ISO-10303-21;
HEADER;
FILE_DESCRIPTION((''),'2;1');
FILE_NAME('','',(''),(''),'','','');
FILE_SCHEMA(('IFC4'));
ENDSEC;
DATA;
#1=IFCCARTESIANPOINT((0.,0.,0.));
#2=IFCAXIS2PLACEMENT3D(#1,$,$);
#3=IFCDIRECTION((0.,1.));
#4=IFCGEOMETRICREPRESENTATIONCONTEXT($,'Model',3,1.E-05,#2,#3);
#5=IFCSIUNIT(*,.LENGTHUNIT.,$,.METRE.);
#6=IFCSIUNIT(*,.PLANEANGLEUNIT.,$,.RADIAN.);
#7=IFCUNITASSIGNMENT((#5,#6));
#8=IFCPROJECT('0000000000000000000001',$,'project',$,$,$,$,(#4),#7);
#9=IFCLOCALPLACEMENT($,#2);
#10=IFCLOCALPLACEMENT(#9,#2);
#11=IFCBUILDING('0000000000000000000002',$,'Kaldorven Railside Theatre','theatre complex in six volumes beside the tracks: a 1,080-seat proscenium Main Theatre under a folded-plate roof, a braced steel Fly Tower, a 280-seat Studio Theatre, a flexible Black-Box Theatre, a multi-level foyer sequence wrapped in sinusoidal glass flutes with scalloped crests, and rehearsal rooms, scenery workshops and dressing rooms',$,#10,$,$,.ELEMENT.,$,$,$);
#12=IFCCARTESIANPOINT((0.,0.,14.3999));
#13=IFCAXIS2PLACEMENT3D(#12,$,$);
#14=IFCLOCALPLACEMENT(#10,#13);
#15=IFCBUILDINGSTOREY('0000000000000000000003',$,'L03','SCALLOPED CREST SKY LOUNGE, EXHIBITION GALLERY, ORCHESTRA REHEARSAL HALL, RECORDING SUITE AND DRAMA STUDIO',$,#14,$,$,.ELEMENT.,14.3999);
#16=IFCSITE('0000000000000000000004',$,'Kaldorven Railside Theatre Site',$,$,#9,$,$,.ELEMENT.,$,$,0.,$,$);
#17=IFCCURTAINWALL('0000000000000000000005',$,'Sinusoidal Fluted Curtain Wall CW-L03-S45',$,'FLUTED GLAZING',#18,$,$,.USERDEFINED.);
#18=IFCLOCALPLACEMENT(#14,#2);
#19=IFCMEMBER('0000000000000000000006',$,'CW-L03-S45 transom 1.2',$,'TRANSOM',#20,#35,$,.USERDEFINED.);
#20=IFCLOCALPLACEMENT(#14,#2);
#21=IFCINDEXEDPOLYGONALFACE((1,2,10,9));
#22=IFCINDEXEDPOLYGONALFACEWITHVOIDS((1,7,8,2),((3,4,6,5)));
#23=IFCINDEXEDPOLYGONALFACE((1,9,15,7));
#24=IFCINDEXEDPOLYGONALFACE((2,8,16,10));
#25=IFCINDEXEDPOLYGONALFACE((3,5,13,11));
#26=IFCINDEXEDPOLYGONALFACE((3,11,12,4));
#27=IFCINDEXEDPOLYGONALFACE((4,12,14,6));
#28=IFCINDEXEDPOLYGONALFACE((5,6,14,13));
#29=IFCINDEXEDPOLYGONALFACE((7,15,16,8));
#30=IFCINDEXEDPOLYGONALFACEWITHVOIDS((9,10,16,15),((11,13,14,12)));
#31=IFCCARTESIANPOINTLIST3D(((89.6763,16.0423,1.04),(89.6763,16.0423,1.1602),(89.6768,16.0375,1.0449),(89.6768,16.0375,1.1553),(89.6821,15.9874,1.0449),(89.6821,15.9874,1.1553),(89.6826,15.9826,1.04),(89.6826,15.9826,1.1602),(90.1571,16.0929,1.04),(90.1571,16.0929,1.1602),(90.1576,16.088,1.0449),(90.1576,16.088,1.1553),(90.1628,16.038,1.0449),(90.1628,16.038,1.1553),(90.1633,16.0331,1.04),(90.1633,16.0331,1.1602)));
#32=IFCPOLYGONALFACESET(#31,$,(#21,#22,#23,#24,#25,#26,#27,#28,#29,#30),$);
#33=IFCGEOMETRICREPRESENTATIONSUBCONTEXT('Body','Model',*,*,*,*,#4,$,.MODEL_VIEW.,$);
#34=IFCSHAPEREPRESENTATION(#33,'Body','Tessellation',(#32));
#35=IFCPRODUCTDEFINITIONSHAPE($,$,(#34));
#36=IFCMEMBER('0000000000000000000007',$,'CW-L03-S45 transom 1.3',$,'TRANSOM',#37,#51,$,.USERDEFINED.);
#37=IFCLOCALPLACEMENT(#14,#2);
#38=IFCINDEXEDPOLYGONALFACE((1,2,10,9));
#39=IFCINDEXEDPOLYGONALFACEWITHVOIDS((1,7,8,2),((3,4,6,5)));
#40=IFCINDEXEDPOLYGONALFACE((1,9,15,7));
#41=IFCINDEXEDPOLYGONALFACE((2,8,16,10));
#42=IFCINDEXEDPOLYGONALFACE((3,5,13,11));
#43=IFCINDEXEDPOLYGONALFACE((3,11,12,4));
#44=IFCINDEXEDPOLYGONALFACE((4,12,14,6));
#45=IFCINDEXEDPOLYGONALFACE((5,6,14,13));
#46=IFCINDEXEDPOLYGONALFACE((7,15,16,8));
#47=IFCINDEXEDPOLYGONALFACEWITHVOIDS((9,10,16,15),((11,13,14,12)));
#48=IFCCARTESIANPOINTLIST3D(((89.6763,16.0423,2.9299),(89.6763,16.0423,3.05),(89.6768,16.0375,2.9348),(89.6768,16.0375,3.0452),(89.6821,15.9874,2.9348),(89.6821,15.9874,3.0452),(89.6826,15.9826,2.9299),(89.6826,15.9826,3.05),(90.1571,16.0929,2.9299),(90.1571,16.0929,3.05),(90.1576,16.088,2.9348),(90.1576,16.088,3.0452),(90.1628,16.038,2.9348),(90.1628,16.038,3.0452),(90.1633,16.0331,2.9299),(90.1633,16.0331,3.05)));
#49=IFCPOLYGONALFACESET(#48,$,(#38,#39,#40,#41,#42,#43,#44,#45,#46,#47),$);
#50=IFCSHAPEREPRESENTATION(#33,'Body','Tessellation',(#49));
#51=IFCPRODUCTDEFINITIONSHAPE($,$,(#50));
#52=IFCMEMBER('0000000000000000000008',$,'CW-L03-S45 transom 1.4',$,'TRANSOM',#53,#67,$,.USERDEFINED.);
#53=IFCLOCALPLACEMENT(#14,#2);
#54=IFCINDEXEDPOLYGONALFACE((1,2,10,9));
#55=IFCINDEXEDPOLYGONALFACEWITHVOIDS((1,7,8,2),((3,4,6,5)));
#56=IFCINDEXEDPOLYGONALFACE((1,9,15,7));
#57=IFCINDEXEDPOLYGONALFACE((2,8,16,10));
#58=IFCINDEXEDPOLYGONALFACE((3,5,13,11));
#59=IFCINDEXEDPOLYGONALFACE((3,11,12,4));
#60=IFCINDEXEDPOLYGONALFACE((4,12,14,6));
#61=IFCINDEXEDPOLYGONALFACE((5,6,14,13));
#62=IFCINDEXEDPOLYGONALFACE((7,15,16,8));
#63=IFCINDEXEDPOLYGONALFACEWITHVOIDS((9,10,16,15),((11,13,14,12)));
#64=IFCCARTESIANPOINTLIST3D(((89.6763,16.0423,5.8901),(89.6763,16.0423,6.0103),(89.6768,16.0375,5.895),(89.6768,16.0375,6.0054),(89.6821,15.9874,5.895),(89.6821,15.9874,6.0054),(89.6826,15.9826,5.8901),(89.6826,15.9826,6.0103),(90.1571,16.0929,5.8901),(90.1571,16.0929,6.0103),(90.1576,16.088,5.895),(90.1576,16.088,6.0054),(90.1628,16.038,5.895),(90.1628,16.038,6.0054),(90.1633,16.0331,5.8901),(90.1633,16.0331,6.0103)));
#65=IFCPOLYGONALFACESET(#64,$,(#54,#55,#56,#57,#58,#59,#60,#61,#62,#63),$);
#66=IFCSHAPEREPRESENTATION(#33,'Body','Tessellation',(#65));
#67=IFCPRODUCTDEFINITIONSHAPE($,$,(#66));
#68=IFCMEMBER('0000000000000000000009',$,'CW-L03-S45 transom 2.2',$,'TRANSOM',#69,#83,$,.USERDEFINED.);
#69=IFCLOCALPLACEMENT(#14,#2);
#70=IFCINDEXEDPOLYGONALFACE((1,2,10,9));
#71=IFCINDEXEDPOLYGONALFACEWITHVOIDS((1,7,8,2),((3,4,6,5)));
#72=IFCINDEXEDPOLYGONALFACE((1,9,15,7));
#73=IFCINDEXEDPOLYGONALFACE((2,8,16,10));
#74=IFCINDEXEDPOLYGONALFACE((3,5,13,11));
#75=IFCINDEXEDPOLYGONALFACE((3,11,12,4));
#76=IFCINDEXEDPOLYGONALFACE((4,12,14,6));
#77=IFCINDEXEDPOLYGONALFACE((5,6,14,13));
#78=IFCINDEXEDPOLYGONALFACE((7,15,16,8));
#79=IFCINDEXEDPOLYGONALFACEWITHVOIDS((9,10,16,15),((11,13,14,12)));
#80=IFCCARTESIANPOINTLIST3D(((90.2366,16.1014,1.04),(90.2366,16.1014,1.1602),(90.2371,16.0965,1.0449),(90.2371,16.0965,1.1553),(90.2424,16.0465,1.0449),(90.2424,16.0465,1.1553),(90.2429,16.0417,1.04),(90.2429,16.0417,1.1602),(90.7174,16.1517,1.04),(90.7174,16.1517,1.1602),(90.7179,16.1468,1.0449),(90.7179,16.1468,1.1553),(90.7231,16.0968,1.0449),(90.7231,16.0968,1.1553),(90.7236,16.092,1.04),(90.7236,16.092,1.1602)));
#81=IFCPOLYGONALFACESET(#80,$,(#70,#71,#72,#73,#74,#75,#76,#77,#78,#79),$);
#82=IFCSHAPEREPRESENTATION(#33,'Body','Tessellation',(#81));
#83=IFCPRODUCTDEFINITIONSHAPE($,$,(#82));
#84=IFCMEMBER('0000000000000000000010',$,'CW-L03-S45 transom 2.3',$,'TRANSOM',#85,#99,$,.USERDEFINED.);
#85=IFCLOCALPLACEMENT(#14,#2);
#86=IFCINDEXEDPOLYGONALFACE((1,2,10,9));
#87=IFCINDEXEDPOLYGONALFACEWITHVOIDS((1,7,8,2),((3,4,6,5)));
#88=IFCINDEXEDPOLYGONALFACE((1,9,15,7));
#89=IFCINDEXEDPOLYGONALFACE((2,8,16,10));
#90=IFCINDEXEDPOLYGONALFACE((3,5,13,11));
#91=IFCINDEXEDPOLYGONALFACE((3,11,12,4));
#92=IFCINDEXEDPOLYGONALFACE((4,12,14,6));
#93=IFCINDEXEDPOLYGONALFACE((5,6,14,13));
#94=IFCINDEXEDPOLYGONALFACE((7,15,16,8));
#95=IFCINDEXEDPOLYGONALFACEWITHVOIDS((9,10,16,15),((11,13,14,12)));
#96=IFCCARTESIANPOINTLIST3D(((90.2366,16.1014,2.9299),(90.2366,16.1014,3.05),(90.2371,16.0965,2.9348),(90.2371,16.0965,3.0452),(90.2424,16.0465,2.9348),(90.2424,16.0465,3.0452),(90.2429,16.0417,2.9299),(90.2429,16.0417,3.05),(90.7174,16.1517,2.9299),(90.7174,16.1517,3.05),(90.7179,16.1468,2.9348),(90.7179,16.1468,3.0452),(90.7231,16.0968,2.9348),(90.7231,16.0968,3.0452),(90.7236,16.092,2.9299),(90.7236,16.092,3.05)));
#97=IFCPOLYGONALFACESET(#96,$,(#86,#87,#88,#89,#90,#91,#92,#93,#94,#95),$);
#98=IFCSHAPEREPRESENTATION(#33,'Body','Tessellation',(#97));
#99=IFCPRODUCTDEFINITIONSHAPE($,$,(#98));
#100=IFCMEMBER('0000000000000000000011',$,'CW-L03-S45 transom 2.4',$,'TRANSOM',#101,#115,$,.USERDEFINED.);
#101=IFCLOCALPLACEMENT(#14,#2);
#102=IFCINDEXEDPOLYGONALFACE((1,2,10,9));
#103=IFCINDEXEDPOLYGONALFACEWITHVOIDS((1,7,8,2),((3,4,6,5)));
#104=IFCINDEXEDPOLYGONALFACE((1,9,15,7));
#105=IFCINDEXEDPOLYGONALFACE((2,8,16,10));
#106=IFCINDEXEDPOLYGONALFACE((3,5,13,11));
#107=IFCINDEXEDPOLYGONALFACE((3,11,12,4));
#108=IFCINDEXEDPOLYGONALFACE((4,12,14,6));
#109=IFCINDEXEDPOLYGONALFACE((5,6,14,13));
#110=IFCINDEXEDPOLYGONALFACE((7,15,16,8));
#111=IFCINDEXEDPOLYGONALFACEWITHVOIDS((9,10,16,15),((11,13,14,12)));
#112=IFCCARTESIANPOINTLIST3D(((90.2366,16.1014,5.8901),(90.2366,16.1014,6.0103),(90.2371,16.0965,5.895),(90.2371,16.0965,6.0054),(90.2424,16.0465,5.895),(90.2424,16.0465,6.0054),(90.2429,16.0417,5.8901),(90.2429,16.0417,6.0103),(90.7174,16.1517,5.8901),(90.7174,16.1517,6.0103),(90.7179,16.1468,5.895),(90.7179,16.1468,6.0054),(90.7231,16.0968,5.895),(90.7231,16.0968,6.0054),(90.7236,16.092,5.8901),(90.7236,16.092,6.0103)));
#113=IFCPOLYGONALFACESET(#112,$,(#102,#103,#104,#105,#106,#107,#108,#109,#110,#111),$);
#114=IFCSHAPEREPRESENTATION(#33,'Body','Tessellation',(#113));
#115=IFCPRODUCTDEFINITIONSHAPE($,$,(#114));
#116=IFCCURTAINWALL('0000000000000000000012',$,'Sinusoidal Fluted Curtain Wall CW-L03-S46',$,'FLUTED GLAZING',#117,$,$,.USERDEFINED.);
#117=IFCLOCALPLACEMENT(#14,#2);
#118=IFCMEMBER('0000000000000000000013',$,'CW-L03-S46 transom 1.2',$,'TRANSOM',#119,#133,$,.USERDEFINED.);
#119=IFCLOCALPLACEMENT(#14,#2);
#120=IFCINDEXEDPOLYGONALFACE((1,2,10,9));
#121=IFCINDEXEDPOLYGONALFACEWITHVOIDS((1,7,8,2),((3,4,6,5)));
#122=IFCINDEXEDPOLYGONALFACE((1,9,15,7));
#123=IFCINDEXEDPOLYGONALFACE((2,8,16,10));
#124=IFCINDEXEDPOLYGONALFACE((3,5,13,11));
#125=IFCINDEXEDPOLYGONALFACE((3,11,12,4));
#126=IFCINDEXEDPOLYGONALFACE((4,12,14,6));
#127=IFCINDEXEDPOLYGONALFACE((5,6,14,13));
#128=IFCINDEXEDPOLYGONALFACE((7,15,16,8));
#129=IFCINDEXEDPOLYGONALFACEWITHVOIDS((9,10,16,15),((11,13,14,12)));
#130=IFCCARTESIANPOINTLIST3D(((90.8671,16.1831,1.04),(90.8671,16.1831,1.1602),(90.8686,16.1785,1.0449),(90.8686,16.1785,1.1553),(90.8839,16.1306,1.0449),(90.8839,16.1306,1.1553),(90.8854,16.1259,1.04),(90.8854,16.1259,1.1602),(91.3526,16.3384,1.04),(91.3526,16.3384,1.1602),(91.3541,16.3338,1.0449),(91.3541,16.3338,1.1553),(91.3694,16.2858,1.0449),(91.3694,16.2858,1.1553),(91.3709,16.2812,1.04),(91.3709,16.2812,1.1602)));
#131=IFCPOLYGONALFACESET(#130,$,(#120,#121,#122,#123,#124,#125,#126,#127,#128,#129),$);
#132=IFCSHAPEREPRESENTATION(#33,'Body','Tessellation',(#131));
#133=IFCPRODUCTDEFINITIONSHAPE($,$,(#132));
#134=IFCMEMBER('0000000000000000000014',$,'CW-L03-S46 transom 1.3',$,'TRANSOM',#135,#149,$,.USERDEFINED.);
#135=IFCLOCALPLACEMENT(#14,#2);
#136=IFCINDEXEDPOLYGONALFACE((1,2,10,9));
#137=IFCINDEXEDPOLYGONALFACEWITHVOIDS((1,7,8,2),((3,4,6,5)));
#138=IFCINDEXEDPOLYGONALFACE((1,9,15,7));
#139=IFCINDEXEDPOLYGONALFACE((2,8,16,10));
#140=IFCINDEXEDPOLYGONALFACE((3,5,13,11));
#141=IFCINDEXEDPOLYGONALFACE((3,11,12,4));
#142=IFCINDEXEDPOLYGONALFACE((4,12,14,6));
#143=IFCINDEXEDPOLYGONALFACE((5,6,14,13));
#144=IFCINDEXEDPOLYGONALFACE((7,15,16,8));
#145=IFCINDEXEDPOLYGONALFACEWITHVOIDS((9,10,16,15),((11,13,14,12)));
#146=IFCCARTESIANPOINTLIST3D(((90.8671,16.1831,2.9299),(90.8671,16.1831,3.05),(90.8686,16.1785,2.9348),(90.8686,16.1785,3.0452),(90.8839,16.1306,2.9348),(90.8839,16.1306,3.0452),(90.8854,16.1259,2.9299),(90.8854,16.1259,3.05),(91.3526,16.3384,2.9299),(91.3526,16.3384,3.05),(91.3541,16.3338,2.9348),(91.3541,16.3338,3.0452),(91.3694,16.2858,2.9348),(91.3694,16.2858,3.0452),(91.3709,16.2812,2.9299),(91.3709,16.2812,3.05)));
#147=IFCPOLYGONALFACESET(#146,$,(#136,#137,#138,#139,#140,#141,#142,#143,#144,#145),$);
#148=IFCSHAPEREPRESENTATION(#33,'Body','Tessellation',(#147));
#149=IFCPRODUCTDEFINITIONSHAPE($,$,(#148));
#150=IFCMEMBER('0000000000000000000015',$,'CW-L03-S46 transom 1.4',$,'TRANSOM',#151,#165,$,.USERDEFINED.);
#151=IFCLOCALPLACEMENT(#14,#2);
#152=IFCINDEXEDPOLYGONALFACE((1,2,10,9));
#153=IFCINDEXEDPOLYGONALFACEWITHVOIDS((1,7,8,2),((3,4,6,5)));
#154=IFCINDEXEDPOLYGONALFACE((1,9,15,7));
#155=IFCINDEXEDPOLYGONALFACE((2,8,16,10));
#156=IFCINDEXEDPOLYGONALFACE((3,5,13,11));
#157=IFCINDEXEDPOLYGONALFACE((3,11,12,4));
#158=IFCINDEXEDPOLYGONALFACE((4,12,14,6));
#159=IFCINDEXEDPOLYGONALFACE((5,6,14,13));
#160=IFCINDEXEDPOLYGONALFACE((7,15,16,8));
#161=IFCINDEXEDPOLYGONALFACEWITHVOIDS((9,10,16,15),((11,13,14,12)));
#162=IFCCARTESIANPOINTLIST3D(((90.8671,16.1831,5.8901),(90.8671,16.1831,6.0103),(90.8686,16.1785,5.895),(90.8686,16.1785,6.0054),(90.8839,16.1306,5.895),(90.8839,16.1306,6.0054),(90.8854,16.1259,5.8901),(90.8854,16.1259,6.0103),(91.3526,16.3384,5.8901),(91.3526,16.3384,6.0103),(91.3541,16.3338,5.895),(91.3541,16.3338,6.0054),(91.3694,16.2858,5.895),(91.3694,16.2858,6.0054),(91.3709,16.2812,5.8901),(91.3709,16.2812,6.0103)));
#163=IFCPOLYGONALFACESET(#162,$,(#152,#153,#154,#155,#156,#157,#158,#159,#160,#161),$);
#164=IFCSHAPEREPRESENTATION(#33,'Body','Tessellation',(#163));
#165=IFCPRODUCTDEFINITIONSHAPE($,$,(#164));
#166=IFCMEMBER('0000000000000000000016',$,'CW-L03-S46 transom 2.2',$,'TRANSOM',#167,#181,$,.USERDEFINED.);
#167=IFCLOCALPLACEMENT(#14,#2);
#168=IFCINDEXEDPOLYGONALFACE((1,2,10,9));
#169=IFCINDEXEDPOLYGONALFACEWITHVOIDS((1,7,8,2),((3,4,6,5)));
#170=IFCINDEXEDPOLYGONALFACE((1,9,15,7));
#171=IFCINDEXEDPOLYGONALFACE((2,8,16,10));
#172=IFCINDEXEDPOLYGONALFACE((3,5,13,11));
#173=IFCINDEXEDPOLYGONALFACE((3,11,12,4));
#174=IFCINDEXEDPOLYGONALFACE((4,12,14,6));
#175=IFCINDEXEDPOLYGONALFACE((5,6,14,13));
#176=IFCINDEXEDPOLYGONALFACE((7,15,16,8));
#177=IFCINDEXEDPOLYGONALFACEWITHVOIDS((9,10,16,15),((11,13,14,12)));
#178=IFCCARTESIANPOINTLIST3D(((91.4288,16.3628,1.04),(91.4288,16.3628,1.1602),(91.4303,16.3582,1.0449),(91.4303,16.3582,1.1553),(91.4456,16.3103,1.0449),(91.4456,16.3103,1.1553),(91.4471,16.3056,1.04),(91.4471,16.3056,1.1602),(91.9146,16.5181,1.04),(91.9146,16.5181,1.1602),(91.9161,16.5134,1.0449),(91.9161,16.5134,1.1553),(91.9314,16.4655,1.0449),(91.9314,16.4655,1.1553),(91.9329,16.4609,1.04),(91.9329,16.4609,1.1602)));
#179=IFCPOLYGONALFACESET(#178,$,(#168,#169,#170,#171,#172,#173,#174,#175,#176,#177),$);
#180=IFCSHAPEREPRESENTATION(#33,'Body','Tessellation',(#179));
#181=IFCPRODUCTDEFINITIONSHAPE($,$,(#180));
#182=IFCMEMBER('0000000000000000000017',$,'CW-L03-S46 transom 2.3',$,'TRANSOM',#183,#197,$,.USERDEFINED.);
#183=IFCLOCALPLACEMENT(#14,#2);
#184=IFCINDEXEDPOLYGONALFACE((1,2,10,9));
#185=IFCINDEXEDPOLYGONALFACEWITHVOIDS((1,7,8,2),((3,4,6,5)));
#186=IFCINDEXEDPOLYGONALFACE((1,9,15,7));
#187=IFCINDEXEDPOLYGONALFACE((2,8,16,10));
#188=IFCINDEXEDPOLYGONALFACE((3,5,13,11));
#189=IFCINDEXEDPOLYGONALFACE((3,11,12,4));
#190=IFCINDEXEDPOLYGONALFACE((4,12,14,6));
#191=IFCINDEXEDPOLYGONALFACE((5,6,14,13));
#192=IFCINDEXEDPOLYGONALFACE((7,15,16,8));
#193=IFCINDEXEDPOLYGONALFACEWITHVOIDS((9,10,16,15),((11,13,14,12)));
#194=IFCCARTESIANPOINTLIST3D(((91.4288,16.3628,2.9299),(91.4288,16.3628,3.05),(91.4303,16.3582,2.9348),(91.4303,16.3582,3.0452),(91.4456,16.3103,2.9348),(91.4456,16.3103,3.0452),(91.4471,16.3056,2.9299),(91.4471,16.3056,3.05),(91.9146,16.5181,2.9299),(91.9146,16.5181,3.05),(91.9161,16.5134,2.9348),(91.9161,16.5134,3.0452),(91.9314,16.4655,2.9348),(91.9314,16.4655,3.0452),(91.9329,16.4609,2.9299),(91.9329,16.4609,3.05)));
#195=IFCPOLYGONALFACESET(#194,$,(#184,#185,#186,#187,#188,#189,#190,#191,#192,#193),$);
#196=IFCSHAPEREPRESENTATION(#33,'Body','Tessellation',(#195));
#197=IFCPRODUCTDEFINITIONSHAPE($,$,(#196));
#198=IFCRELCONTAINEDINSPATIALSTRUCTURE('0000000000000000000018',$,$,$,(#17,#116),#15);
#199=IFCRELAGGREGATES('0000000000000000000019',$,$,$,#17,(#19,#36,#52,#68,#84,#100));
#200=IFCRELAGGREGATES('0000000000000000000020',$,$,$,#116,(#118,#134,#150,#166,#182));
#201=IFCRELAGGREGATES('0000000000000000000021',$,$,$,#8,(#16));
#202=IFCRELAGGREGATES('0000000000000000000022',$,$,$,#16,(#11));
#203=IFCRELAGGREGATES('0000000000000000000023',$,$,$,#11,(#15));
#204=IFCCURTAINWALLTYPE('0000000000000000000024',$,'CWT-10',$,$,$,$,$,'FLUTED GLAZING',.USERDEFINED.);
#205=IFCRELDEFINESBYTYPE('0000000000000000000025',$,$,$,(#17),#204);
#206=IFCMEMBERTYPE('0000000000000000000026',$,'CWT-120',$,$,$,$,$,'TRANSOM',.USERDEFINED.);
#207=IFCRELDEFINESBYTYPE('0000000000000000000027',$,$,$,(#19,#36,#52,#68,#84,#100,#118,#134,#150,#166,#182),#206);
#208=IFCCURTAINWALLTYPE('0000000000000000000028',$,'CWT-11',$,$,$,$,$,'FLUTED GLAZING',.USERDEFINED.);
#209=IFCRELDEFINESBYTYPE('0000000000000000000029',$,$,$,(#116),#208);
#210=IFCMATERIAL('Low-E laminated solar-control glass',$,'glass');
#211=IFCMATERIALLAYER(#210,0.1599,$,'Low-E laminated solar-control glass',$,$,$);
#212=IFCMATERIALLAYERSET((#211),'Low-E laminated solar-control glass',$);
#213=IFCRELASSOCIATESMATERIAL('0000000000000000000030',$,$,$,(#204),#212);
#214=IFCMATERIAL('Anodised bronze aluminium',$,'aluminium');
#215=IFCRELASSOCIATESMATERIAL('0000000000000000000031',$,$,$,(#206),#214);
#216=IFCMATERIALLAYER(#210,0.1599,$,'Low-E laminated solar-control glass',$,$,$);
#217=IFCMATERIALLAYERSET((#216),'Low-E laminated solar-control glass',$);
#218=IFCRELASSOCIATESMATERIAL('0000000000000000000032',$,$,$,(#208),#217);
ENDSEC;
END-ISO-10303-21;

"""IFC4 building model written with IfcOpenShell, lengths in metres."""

from ifc_helpers import new_model, si_unit, direction, frame, origin, origin_2d, place, context, subcontext, project, spatial, hollow_rectangle, extrude, material, layer, layer_set, material_profile, profile_set, type_object, element, aggregate, save


model = new_model("IFC4")

# Units and contexts
model_context = context("Model", 3, precision=1e-05, world=origin(), true_north=direction((0.0, 1.0)))
body_context = subcontext(model_context, "Body", "Model", "MODEL_VIEW")
ifc_project = project(units=[si_unit("LENGTHUNIT", "METRE"), si_unit("PLANEANGLEUNIT", "RADIAN")], contexts=[model_context])

# Site, building, storey
site_placement = place(None, origin())
site = spatial("IfcSite", under=ifc_project, at=site_placement, Name="Kaldorven Railside Theatre Site", CompositionType="ELEMENT", RefElevation=0.0)
building_placement = place(site_placement, origin())
building = spatial("IfcBuilding", under=site, at=building_placement, Name="Kaldorven Railside Theatre", Description="theatre complex in six volumes beside the tracks: a 1,080-seat proscenium Main Theatre under a folded-plate roof, a braced steel Fly Tower, a 280-seat Studio Theatre, a flexible Black-Box Theatre, a multi-level foyer sequence wrapped in sinusoidal glass flutes with scalloped crests, and rehearsal rooms, scenery workshops and dressing rooms", CompositionType="ELEMENT")
storey_placement = place(building_placement, frame((0.0, 0.0, 14.3999)))
storey = spatial("IfcBuildingStorey", under=building, at=storey_placement, Name="L03", Description="SCALLOPED CREST SKY LOUNGE, EXHIBITION GALLERY, ORCHESTRA REHEARSAL HALL, RECORDING SUITE AND DRAMA STUDIO", CompositionType="ELEMENT", Elevation=14.3999)

# Curtain walls, members
ifc_material_1 = material(Name="Low-E laminated solar-control glass", Category="glass")
ifc_layer_1 = layer(ifc_material_1, 0.1599, Name="Low-E laminated solar-control glass")
ifc_layer_set_1 = layer_set([ifc_layer_1], Name="Low-E laminated solar-control glass")
curtain_wall_type_1 = type_object("IfcCurtainWallType", Name="CWT-10", ElementType="FLUTED GLAZING", PredefinedType="USERDEFINED", material=ifc_layer_set_1)
curtain_wall_1_placement = place(storey_placement, origin())
curtain_wall_1 = element("IfcCurtainWall", 1, at=curtain_wall_1_placement, inside=storey, type_object=curtain_wall_type_1, Name="Sinusoidal Fluted Curtain Wall CW-L03-S45", ObjectType="FLUTED GLAZING", PredefinedType="USERDEFINED")
ifc_material_2 = material(Name="Anodised bronze aluminium", Category="aluminium")
ifc_material_profile = material_profile(ifc_material_2, hollow_rectangle(XDim=0.0601, YDim=0.1201, WallThickness=0.0049, at=origin_2d()), Name="RHS 120x60x5")
ifc_profile_set = profile_set([ifc_material_profile], Name="Anodised bronze aluminium")
member_type = type_object("IfcMemberType", Name="CWT-120", ElementType="TRANSOM", PredefinedType="USERDEFINED", material=ifc_profile_set)
member_1_placement = place(storey_placement, frame((89.6794, 16.0125, 1.1001), z_axis=(0.994519, 0.104553, 0.0), x_axis=(-0.104553, 0.994519, 0.0)))
member_1 = element("IfcMember", 2, at=member_1_placement, type_object=member_type, Name="CW-L03-S45 transom 1.2", ObjectType="TRANSOM", PredefinedType="USERDEFINED", context=body_context, shape_type="SweptSolid", body=[
    extrude(hollow_rectangle(XDim=0.0601, YDim=0.1201, WallThickness=0.0049, at=origin_2d()), origin(), (0.0, 0.0, 1.0), 0.4834),
])
member_2_placement = place(storey_placement, frame((89.6794, 16.0125, 2.99), z_axis=(0.994519, 0.104553, 0.0), x_axis=(-0.104553, 0.994519, 0.0)))
member_2 = element("IfcMember", 3, at=member_2_placement, type_object=member_type, Name="CW-L03-S45 transom 1.3", ObjectType="TRANSOM", PredefinedType="USERDEFINED", context=body_context, shape_type="SweptSolid", body=[
    extrude(hollow_rectangle(XDim=0.0601, YDim=0.1201, WallThickness=0.0049, at=origin_2d()), origin(), (0.0, 0.0, 1.0), 0.4834),
])
member_3_placement = place(storey_placement, frame((89.6794, 16.0125, 5.9502), z_axis=(0.994519, 0.104553, 0.0), x_axis=(-0.104553, 0.994519, 0.0)))
member_3 = element("IfcMember", 4, at=member_3_placement, type_object=member_type, Name="CW-L03-S45 transom 1.4", ObjectType="TRANSOM", PredefinedType="USERDEFINED", context=body_context, shape_type="SweptSolid", body=[
    extrude(hollow_rectangle(XDim=0.0601, YDim=0.1201, WallThickness=0.0049, at=origin_2d()), origin(), (0.0, 0.0, 1.0), 0.4834),
])
member_4_placement = place(storey_placement, frame((90.2397, 16.0715, 1.1001), z_axis=(0.994572, 0.104054, 0.0), x_axis=(-0.104054, 0.994572, 0.0)))
member_4 = element("IfcMember", 5, at=member_4_placement, type_object=member_type, Name="CW-L03-S45 transom 2.2", ObjectType="TRANSOM", PredefinedType="USERDEFINED", context=body_context, shape_type="SweptSolid", body=[
    extrude(hollow_rectangle(XDim=0.0601, YDim=0.1201, WallThickness=0.0049, at=origin_2d()), origin(), (0.0, 0.0, 1.0), 0.4834),
])
member_5_placement = place(storey_placement, frame((90.2397, 16.0715, 2.99), z_axis=(0.994572, 0.104054, 0.0), x_axis=(-0.104054, 0.994572, 0.0)))
member_5 = element("IfcMember", 6, at=member_5_placement, type_object=member_type, Name="CW-L03-S45 transom 2.3", ObjectType="TRANSOM", PredefinedType="USERDEFINED", context=body_context, shape_type="SweptSolid", body=[
    extrude(hollow_rectangle(XDim=0.0601, YDim=0.1201, WallThickness=0.0049, at=origin_2d()), origin(), (0.0, 0.0, 1.0), 0.4834),
])
member_6_placement = place(storey_placement, frame((90.2397, 16.0715, 5.9502), z_axis=(0.994572, 0.104054, 0.0), x_axis=(-0.104054, 0.994572, 0.0)))
member_6 = element("IfcMember", 7, at=member_6_placement, type_object=member_type, Name="CW-L03-S45 transom 2.4", ObjectType="TRANSOM", PredefinedType="USERDEFINED", context=body_context, shape_type="SweptSolid", body=[
    extrude(hollow_rectangle(XDim=0.0601, YDim=0.1201, WallThickness=0.0049, at=origin_2d()), origin(), (0.0, 0.0, 1.0), 0.4834),
])
ifc_layer_2 = layer(ifc_material_1, 0.1599, Name="Low-E laminated solar-control glass")
ifc_layer_set_2 = layer_set([ifc_layer_2], Name="Low-E laminated solar-control glass")
curtain_wall_type_2 = type_object("IfcCurtainWallType", Name="CWT-11", ElementType="FLUTED GLAZING", PredefinedType="USERDEFINED", material=ifc_layer_set_2)
curtain_wall_2_placement = place(storey_placement, origin())
curtain_wall_2 = element("IfcCurtainWall", 8, at=curtain_wall_2_placement, inside=storey, type_object=curtain_wall_type_2, Name="Sinusoidal Fluted Curtain Wall CW-L03-S46", ObjectType="FLUTED GLAZING", PredefinedType="USERDEFINED")
member_7_placement = place(storey_placement, frame((90.8762, 16.1545, 1.1001), z_axis=(0.952491, 0.304567, 0.0), x_axis=(-0.304567, 0.952491, 0.0)))
member_7 = element("IfcMember", 9, at=member_7_placement, type_object=member_type, Name="CW-L03-S46 transom 1.2", ObjectType="TRANSOM", PredefinedType="USERDEFINED", context=body_context, shape_type="SweptSolid", body=[
    extrude(hollow_rectangle(XDim=0.0601, YDim=0.1201, WallThickness=0.0049, at=origin_2d()), origin(), (0.0, 0.0, 1.0), 0.5098),
])
member_8_placement = place(storey_placement, frame((90.8762, 16.1545, 2.99), z_axis=(0.952491, 0.304567, 0.0), x_axis=(-0.304567, 0.952491, 0.0)))
member_8 = element("IfcMember", 10, at=member_8_placement, type_object=member_type, Name="CW-L03-S46 transom 1.3", ObjectType="TRANSOM", PredefinedType="USERDEFINED", context=body_context, shape_type="SweptSolid", body=[
    extrude(hollow_rectangle(XDim=0.0601, YDim=0.1201, WallThickness=0.0049, at=origin_2d()), origin(), (0.0, 0.0, 1.0), 0.5098),
])
member_9_placement = place(storey_placement, frame((90.8762, 16.1545, 5.9502), z_axis=(0.952491, 0.304567, 0.0), x_axis=(-0.304567, 0.952491, 0.0)))
member_9 = element("IfcMember", 11, at=member_9_placement, type_object=member_type, Name="CW-L03-S46 transom 1.4", ObjectType="TRANSOM", PredefinedType="USERDEFINED", context=body_context, shape_type="SweptSolid", body=[
    extrude(hollow_rectangle(XDim=0.0601, YDim=0.1201, WallThickness=0.0049, at=origin_2d()), origin(), (0.0, 0.0, 1.0), 0.5098),
])
member_10_placement = place(storey_placement, frame((91.438, 16.3342, 1.1001), z_axis=(0.952535, 0.304428, 0.0), x_axis=(-0.304428, 0.952535, 0.0)))
member_10 = element("IfcMember", 12, at=member_10_placement, type_object=member_type, Name="CW-L03-S46 transom 2.2", ObjectType="TRANSOM", PredefinedType="USERDEFINED", context=body_context, shape_type="SweptSolid", body=[
    extrude(hollow_rectangle(XDim=0.0601, YDim=0.1201, WallThickness=0.0049, at=origin_2d()), origin(), (0.0, 0.0, 1.0), 0.51),
])
member_11_placement = place(storey_placement, frame((91.438, 16.3342, 2.99), z_axis=(0.952535, 0.304428, 0.0), x_axis=(-0.304428, 0.952535, 0.0)))
member_11 = element("IfcMember", 13, at=member_11_placement, type_object=member_type, Name="CW-L03-S46 transom 2.3", ObjectType="TRANSOM", PredefinedType="USERDEFINED", context=body_context, shape_type="SweptSolid", body=[
    extrude(hollow_rectangle(XDim=0.0601, YDim=0.1201, WallThickness=0.0049, at=origin_2d()), origin(), (0.0, 0.0, 1.0), 0.51),
])

aggregate(curtain_wall_1, [member_1, member_2, member_3, member_4, member_5, member_6])
aggregate(curtain_wall_2, [member_7, member_8, member_9, member_10, member_11])

save(model, "model.ifc")
